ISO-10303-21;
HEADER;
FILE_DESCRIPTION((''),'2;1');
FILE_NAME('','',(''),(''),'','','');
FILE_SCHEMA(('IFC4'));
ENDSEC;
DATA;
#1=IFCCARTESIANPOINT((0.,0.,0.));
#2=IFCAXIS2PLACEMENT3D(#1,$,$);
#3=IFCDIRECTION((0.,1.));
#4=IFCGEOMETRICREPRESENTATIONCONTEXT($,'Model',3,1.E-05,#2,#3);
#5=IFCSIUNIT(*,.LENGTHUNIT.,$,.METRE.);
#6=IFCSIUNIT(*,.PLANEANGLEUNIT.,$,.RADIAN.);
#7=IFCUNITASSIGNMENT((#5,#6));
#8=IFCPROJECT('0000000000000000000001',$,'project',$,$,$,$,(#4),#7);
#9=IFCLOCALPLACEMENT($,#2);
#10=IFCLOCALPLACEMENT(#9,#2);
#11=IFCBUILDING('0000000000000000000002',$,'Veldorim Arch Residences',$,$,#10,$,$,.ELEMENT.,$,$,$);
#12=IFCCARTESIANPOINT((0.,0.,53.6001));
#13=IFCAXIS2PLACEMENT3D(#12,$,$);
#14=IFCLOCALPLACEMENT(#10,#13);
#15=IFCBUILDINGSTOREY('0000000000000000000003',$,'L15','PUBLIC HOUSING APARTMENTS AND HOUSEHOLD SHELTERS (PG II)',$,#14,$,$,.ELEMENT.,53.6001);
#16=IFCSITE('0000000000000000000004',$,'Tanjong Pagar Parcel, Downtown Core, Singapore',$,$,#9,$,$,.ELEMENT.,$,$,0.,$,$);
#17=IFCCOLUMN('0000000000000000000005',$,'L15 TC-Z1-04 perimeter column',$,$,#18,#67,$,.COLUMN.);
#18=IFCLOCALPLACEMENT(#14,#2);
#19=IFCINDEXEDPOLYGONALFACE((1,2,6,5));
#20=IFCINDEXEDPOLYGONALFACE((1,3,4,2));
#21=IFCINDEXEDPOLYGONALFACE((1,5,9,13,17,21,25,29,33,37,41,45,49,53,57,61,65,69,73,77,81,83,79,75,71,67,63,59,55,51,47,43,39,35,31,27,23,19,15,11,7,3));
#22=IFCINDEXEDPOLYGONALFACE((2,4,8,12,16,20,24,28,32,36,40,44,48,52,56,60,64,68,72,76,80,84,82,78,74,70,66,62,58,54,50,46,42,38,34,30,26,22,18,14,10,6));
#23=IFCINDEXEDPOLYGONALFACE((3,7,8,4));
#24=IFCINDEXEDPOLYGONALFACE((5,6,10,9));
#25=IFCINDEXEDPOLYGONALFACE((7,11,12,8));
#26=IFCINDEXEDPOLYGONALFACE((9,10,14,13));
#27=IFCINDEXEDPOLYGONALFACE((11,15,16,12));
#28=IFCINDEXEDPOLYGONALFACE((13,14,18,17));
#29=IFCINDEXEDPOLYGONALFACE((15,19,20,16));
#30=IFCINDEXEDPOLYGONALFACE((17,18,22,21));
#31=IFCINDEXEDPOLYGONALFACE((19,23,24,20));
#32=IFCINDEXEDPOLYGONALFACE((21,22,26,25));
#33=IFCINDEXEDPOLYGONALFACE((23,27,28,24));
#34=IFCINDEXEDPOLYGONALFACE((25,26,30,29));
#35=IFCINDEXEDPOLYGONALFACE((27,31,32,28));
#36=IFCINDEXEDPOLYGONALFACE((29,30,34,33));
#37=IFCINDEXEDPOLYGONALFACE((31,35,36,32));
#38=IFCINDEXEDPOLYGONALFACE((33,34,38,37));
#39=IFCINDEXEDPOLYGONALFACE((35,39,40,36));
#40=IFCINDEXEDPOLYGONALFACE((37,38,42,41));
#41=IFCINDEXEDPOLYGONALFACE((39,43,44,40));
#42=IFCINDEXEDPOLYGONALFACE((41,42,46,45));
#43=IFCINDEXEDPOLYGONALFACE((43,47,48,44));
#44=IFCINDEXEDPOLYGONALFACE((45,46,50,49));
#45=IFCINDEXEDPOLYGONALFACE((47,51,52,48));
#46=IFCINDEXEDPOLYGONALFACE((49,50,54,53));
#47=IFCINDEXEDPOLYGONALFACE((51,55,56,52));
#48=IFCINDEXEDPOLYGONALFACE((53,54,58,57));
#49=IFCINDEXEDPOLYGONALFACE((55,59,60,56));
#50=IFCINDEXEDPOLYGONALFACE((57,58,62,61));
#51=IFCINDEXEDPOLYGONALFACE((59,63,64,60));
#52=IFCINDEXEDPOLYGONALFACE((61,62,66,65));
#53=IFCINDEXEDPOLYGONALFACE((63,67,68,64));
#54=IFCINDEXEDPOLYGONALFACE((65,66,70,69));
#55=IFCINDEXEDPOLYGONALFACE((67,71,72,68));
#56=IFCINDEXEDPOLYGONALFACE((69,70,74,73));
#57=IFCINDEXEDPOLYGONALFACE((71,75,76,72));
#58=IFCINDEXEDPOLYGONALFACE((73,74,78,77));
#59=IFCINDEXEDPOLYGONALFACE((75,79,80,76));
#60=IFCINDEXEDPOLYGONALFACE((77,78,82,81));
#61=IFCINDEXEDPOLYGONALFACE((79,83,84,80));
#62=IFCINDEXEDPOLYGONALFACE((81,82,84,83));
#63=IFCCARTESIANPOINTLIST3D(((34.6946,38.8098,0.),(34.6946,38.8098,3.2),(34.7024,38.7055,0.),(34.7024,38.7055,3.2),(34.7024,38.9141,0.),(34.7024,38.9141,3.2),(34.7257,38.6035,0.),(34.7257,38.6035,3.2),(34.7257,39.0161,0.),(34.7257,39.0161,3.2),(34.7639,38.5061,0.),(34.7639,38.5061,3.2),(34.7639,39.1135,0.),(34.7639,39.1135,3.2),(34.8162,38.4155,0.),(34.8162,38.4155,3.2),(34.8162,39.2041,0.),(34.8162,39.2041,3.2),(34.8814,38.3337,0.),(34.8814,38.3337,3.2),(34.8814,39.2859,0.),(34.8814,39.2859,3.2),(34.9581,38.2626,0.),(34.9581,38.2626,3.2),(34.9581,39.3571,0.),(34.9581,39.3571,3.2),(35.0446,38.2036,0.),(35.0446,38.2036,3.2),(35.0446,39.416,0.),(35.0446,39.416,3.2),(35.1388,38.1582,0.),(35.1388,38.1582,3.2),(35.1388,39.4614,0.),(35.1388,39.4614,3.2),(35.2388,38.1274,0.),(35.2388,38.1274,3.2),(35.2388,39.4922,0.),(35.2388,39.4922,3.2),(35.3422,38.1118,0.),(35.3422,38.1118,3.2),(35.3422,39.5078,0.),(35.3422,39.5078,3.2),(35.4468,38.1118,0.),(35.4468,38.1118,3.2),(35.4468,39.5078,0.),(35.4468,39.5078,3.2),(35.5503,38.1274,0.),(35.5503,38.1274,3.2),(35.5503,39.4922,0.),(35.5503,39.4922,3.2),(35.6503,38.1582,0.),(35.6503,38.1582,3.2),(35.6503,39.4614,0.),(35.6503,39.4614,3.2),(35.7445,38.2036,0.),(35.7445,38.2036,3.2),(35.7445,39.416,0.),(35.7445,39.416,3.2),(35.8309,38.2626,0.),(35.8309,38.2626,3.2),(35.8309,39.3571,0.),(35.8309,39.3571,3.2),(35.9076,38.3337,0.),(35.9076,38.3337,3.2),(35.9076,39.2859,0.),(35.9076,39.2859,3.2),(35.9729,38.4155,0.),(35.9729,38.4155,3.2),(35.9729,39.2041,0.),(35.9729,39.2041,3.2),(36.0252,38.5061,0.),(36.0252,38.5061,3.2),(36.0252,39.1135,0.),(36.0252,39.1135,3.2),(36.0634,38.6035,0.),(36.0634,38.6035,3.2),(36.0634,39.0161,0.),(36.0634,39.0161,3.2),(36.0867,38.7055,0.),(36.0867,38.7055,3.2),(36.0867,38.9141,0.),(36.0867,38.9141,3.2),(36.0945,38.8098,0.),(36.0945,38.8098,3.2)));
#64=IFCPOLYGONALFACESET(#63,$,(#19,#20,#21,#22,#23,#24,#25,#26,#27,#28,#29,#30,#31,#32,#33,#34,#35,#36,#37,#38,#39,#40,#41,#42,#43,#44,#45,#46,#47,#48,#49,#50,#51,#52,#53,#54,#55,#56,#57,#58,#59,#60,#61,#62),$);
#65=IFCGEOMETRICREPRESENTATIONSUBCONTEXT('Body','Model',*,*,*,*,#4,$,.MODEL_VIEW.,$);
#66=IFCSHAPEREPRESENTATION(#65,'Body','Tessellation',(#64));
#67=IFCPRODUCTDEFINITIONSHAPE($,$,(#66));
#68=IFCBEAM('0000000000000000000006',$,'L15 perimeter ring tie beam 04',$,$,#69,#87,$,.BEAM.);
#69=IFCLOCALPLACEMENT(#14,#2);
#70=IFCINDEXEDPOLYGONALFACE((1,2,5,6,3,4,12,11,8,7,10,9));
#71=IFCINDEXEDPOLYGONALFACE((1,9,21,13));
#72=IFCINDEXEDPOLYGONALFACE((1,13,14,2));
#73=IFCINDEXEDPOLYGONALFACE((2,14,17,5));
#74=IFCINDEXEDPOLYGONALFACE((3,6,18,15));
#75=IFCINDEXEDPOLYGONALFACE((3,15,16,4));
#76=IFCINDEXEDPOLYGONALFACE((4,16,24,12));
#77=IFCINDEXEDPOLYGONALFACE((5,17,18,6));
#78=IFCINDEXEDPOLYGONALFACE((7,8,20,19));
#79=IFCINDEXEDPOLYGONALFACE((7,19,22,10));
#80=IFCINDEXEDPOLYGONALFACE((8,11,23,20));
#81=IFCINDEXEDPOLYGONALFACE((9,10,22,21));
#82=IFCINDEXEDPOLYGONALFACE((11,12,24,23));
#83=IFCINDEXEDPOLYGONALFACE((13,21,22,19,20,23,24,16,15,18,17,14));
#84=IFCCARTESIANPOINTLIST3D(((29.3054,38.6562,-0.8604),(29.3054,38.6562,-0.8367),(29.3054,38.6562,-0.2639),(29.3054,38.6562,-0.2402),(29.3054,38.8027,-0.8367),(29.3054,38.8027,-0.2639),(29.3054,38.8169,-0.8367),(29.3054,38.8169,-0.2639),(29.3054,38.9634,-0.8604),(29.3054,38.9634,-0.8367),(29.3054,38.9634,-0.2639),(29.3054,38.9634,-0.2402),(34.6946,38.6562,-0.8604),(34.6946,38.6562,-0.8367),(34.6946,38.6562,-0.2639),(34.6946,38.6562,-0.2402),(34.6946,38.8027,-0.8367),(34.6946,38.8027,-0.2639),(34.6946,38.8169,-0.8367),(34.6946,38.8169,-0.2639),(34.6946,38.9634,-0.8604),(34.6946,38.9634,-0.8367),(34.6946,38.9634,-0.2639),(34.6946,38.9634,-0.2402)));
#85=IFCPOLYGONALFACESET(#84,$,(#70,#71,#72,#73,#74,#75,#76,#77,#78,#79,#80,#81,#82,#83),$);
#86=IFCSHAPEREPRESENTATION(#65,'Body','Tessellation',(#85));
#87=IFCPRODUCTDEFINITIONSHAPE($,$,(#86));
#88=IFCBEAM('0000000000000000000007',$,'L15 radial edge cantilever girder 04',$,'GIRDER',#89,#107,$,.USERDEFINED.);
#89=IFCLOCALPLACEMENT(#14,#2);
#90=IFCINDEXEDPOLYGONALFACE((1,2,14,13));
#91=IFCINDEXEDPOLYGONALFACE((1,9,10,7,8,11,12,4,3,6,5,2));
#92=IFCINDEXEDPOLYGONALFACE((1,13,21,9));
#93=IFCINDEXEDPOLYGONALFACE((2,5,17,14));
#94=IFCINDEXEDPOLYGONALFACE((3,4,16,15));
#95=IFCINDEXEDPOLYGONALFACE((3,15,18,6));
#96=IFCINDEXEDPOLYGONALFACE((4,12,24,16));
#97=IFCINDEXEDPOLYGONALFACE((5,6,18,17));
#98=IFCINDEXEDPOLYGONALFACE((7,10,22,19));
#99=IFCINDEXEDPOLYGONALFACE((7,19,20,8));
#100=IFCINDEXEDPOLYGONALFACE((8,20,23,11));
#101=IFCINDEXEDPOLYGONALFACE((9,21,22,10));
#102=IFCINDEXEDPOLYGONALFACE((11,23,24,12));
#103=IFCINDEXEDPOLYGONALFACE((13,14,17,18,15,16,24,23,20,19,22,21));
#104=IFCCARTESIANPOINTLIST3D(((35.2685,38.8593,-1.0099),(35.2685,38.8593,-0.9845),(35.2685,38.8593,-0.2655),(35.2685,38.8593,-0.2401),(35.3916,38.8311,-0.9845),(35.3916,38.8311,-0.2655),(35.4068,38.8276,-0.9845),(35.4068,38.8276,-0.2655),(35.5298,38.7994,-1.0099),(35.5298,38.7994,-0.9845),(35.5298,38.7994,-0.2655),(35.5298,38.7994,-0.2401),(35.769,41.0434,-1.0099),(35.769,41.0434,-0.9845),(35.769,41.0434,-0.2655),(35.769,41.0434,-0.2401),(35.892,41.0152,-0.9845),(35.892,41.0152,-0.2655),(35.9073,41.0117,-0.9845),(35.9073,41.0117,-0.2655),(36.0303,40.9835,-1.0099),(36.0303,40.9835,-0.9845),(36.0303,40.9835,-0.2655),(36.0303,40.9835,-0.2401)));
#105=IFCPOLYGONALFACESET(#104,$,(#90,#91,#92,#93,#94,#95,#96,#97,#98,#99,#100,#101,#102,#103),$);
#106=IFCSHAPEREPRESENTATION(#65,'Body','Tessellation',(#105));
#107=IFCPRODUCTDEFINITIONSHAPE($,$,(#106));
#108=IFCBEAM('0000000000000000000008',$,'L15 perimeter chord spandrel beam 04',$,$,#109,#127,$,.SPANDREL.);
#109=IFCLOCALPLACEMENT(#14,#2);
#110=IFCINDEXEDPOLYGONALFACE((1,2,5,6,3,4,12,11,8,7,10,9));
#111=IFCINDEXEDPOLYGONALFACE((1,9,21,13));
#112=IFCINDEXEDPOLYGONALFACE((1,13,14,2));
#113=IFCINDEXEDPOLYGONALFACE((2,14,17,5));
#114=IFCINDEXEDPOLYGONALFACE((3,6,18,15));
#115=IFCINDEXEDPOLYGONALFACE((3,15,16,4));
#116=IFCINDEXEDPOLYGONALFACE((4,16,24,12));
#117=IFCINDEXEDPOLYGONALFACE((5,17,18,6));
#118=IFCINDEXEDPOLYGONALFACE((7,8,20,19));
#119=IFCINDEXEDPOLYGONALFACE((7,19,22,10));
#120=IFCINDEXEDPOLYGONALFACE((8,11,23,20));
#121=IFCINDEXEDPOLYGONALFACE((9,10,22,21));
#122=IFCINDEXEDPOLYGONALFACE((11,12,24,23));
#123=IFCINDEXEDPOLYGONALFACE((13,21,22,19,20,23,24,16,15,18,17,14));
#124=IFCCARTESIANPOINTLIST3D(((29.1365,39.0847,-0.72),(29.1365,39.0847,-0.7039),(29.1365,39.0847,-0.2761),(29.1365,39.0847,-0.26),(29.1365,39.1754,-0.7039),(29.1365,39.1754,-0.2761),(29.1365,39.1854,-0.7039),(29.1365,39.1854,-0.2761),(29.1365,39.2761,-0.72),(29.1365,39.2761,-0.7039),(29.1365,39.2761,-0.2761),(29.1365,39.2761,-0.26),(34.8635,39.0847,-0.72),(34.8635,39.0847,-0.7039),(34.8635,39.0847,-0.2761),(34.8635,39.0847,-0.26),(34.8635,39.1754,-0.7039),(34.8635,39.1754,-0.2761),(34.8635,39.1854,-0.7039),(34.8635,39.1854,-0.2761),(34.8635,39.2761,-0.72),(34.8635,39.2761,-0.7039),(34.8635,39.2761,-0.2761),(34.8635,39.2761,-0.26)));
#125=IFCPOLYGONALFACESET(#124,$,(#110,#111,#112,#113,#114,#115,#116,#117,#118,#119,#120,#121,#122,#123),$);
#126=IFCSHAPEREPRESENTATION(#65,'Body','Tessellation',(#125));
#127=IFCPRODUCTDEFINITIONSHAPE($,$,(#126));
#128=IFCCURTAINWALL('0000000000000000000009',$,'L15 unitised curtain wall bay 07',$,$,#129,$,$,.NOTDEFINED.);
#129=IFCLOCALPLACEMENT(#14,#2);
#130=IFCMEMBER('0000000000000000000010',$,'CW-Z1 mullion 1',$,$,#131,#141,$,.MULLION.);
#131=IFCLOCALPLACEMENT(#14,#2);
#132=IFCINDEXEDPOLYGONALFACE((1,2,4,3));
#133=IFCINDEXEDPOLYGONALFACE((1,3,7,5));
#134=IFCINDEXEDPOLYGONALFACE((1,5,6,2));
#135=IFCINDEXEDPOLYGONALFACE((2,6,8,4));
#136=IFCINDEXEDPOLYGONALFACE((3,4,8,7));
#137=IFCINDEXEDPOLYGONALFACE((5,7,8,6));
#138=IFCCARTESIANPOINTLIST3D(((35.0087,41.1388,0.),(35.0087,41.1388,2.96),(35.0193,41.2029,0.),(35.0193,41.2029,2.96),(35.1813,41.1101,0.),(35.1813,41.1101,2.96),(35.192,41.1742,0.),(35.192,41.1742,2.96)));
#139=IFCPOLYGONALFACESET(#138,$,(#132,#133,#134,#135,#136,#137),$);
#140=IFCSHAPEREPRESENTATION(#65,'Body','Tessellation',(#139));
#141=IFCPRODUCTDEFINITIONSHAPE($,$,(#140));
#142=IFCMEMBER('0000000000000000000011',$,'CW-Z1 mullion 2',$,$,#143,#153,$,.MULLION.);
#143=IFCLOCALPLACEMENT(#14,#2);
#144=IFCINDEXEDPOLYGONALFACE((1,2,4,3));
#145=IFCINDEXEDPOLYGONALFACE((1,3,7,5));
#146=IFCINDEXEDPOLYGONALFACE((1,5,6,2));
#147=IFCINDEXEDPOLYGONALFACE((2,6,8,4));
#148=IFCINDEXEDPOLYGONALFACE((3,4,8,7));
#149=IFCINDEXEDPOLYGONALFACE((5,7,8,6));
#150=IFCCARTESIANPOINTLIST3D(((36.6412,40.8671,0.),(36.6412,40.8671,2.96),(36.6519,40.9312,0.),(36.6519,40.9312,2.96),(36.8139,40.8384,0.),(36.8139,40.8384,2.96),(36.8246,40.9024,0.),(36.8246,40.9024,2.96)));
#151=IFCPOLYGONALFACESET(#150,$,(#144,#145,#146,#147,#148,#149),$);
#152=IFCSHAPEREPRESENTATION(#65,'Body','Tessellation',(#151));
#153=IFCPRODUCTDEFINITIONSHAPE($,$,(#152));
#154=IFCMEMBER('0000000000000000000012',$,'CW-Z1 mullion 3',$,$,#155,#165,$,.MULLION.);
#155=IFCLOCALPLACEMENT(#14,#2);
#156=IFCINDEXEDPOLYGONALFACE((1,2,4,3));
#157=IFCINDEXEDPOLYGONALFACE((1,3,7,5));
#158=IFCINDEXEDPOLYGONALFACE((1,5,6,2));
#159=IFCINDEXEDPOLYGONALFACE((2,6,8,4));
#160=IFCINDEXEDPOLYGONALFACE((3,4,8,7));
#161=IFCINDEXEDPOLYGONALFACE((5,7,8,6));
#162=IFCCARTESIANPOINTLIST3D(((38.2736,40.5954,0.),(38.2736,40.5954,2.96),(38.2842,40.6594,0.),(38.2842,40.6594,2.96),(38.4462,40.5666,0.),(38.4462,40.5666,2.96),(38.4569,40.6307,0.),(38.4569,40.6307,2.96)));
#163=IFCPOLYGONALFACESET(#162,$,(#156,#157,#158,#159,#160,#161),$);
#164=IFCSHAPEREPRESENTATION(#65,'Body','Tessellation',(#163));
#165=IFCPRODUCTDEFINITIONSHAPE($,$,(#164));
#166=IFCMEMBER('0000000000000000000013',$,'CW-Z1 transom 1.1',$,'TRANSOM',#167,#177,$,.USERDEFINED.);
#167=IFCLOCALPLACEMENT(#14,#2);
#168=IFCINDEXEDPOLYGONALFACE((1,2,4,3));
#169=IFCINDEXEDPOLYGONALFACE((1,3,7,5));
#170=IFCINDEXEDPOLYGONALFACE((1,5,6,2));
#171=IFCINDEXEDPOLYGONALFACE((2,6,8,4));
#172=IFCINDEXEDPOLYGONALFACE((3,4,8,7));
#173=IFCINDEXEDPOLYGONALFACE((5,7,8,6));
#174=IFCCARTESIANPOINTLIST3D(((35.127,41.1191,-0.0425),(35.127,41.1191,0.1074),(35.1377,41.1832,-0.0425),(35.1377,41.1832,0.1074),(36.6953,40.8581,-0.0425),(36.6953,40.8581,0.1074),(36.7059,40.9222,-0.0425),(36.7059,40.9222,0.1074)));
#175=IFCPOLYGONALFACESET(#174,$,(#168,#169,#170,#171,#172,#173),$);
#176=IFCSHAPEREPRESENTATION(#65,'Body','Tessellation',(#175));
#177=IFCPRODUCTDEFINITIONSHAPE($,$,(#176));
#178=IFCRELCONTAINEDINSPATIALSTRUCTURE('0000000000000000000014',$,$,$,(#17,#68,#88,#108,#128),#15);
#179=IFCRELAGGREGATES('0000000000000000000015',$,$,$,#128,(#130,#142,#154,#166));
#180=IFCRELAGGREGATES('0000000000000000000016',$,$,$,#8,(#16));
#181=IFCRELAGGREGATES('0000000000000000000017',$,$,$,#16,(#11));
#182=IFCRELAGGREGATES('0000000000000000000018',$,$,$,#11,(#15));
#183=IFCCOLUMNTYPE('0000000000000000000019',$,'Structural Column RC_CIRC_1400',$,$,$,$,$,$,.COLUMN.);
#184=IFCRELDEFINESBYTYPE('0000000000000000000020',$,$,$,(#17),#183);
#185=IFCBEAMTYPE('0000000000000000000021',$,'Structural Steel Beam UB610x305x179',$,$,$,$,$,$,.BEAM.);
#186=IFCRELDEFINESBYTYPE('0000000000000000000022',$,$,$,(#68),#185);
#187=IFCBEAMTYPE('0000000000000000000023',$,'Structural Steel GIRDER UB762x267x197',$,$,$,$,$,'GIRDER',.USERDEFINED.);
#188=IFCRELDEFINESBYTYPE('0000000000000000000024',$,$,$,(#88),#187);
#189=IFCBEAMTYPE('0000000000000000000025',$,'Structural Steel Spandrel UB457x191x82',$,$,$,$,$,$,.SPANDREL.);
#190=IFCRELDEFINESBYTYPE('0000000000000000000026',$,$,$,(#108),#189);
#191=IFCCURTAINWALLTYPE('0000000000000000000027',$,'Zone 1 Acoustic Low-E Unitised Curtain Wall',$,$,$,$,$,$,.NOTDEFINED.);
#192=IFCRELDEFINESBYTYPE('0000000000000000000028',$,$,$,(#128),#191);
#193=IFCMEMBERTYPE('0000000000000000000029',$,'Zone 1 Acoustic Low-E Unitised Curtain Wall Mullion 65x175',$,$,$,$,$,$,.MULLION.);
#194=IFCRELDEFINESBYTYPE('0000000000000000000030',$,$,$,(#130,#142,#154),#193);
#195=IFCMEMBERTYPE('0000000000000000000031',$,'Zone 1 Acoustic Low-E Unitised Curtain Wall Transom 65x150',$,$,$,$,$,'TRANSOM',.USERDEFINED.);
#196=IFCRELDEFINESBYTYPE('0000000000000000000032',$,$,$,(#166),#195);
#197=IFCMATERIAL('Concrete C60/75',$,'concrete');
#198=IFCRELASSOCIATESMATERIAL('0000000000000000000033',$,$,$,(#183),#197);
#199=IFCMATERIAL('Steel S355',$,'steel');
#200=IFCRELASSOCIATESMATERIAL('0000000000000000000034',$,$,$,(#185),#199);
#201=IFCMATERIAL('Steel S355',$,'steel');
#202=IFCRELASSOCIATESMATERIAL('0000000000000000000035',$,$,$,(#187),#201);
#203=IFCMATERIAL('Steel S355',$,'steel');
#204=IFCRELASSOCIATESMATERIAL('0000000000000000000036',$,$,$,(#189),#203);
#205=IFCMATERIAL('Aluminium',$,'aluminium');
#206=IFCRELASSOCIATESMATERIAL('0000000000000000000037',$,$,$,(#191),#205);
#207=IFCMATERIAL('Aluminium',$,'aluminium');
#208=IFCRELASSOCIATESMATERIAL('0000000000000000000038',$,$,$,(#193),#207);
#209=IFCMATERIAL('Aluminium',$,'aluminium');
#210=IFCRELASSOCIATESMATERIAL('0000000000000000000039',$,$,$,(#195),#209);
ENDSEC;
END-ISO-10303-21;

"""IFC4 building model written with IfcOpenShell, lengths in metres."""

from ifc_helpers import new_model, si_unit, direction, frame, origin, origin_2d, place, context, subcontext, project, spatial, rectangle, circle, i_section, extrude, material, material_profile, profile_set, type_object, element, aggregate, save


model = new_model("IFC4")

# Units and contexts
model_context = context("Model", 3, precision=1e-05, world=origin(), true_north=direction((0.0, 1.0)))
body_context = subcontext(model_context, "Body", "Model", "MODEL_VIEW")
ifc_project = project(units=[si_unit("LENGTHUNIT", "METRE"), si_unit("PLANEANGLEUNIT", "RADIAN")], contexts=[model_context])

# Site, building, storey
site_placement = place(None, origin())
site = spatial("IfcSite", under=ifc_project, at=site_placement, Name="Tanjong Pagar Parcel, Downtown Core, Singapore", CompositionType="ELEMENT", RefElevation=0.0)
building_placement = place(site_placement, origin())
building = spatial("IfcBuilding", under=site, at=building_placement, Name="Veldorim Arch Residences", CompositionType="ELEMENT")
storey_placement = place(building_placement, frame((0.0, 0.0, 53.6001)))
storey = spatial("IfcBuildingStorey", under=building, at=storey_placement, Name="L15", Description="PUBLIC HOUSING APARTMENTS AND HOUSEHOLD SHELTERS (PG II)", CompositionType="ELEMENT", Elevation=53.6001)

# Column
ifc_material_1 = material(Name="Concrete C60/75", Category="concrete")
ifc_material_profile_1 = material_profile(ifc_material_1, circle(Radius=0.7, at=origin_2d()), Name="RC_CIRC_1400")
ifc_profile_set_1 = profile_set([ifc_material_profile_1], Name="Concrete C60/75")
column_type = type_object("IfcColumnType", Name="Structural Column RC_CIRC_1400", PredefinedType="COLUMN", material=ifc_profile_set_1)
column_placement = place(storey_placement, frame((35.3945, 38.8098, 0.0), z_axis=(0.0, 0.0, 1.0), x_axis=(1.0, 0.0, 0.0)))
element("IfcColumn", 1, at=column_placement, inside=storey, type_object=column_type, Name="L15 TC-Z1-04 perimeter column", PredefinedType="COLUMN", context=body_context, shape_type="SweptSolid", body=[
    extrude(circle(Radius=0.7, at=origin_2d()), origin(), (0.0, 0.0, 1.0), 3.2),
])

# Beams
ifc_material_2 = material(Name="Steel S355", Category="steel")
ifc_material_profile_2 = material_profile(ifc_material_2, i_section(OverallWidth=0.3071, OverallDepth=0.6201, WebThickness=0.0142, FlangeThickness=0.0237, at=origin_2d()), Name="UB610x305x179")
ifc_profile_set_2 = profile_set([ifc_material_profile_2], Name="Steel S355")
beam_type_1 = type_object("IfcBeamType", Name="Structural Steel Beam UB610x305x179", PredefinedType="BEAM", material=ifc_profile_set_2)
beam_1_placement = place(storey_placement, frame((34.6946, 38.8098, -0.5503), z_axis=(-1.0, 0.0, 0.0), x_axis=(0.0, -1.0, 0.0)))
element("IfcBeam", 2, at=beam_1_placement, inside=storey, type_object=beam_type_1, Name="L15 perimeter ring tie beam 04", PredefinedType="BEAM", context=body_context, shape_type="SweptSolid", body=[
    extrude(i_section(OverallWidth=0.3071, OverallDepth=0.6201, WebThickness=0.0142, FlangeThickness=0.0237, at=origin_2d()), origin(), (0.0, 0.0, 1.0), 5.3892),
])
ifc_material_3 = material(Name="Steel S355", Category="steel")
ifc_material_profile_3 = material_profile(ifc_material_3, i_section(OverallWidth=0.2681, OverallDepth=0.7698, WebThickness=0.0156, FlangeThickness=0.0254, at=origin_2d()), Name="UB762x267x197")
ifc_profile_set_3 = profile_set([ifc_material_profile_3], Name="Steel S355")
beam_type_2 = type_object("IfcBeamType", Name="Structural Steel GIRDER UB762x267x197", ElementType="GIRDER", PredefinedType="USERDEFINED", material=ifc_profile_set_3)
beam_2_placement = place(storey_placement, frame((35.3992, 38.8293, -0.625), z_axis=(0.223363, 0.974735, 0.0), x_axis=(-0.974735, 0.223363, 0.0)))
element("IfcBeam", 3, at=beam_2_placement, inside=storey, type_object=beam_type_2, Name="L15 radial edge cantilever girder 04", ObjectType="GIRDER", PredefinedType="USERDEFINED", context=body_context, shape_type="SweptSolid", body=[
    extrude(i_section(OverallWidth=0.2681, OverallDepth=0.7698, WebThickness=0.0156, FlangeThickness=0.0254, at=origin_2d()), origin(), (0.0, 0.0, 1.0), 2.2407),
])
ifc_material_4 = material(Name="Steel S355", Category="steel")
ifc_material_profile_4 = material_profile(ifc_material_4, i_section(OverallWidth=0.1914, OverallDepth=0.46, WebThickness=0.01, FlangeThickness=0.0161, at=origin_2d()), Name="UB457x191x82")
ifc_profile_set_4 = profile_set([ifc_material_profile_4], Name="Steel S355")
beam_type_3 = type_object("IfcBeamType", Name="Structural Steel Spandrel UB457x191x82", PredefinedType="SPANDREL", material=ifc_profile_set_4)
beam_3_placement = place(storey_placement, frame((34.8635, 39.1804, -0.49), z_axis=(-1.0, 0.0, 0.0), x_axis=(0.0, -1.0, 0.0)))
element("IfcBeam", 4, at=beam_3_placement, inside=storey, type_object=beam_type_3, Name="L15 perimeter chord spandrel beam 04", PredefinedType="SPANDREL", context=body_context, shape_type="SweptSolid", body=[
    extrude(i_section(OverallWidth=0.1914, OverallDepth=0.46, WebThickness=0.01, FlangeThickness=0.0161, at=origin_2d()), origin(), (0.0, 0.0, 1.0), 5.7271),
])

# Curtain wall, members
ifc_material_5 = material(Name="Aluminium", Category="aluminium")
curtain_wall_type = type_object("IfcCurtainWallType", Name="Zone 1 Acoustic Low-E Unitised Curtain Wall", PredefinedType="NOTDEFINED", material=ifc_material_5)
curtain_wall_placement = place(storey_placement, origin())
curtain_wall = element("IfcCurtainWall", 5, at=curtain_wall_placement, inside=storey, type_object=curtain_wall_type, Name="L15 unitised curtain wall bay 07", PredefinedType="NOTDEFINED")
ifc_material_6 = material(Name="Aluminium", Category="aluminium")
ifc_material_profile_5 = material_profile(ifc_material_6, rectangle(XDim=0.0649, YDim=0.175, at=origin_2d()), Name="ALU_MUL_65x175")
ifc_profile_set_5 = profile_set([ifc_material_profile_5], Name="Aluminium")
member_type_1 = type_object("IfcMemberType", Name="Zone 1 Acoustic Low-E Unitised Curtain Wall Mullion 65x175", PredefinedType="MULLION", material=ifc_profile_set_5)
member_1_placement = place(storey_placement, frame((35.1003, 41.1565, 0.0), z_axis=(0.0, 0.0, 1.0), x_axis=(0.164212, 0.986425, 0.0)))
member_1 = element("IfcMember", 6, at=member_1_placement, type_object=member_type_1, Name="CW-Z1 mullion 1", PredefinedType="MULLION", context=body_context, shape_type="SweptSolid", body=[
    extrude(rectangle(XDim=0.0649, YDim=0.175, at=origin_2d()), origin(), (0.0, 0.0, 1.0), 2.96),
])
member_2_placement = place(storey_placement, frame((36.7329, 40.8848, 0.0), z_axis=(0.0, 0.0, 1.0), x_axis=(0.164212, 0.986425, 0.0)))
member_2 = element("IfcMember", 7, at=member_2_placement, type_object=member_type_1, Name="CW-Z1 mullion 2", PredefinedType="MULLION", context=body_context, shape_type="SweptSolid", body=[
    extrude(rectangle(XDim=0.0649, YDim=0.175, at=origin_2d()), origin(), (0.0, 0.0, 1.0), 2.96),
])
member_3_placement = place(storey_placement, frame((38.3652, 40.613, 0.0), z_axis=(0.0, 0.0, 1.0), x_axis=(0.164212, 0.986425, 0.0)))
member_3 = element("IfcMember", 8, at=member_3_placement, type_object=member_type_1, Name="CW-Z1 mullion 3", PredefinedType="MULLION", context=body_context, shape_type="SweptSolid", body=[
    extrude(rectangle(XDim=0.0649, YDim=0.175, at=origin_2d()), origin(), (0.0, 0.0, 1.0), 2.96),
])
ifc_material_7 = material(Name="Aluminium", Category="aluminium")
ifc_material_profile_6 = material_profile(ifc_material_7, rectangle(XDim=0.0649, YDim=0.1499, at=origin_2d()), Name="ALU_TRN_65x150")
ifc_profile_set_6 = profile_set([ifc_material_profile_6], Name="Aluminium")
member_type_2 = type_object("IfcMemberType", Name="Zone 1 Acoustic Low-E Unitised Curtain Wall Transom 65x150", ElementType="TRANSOM", PredefinedType="USERDEFINED", material=ifc_profile_set_6)
member_4_placement = place(storey_placement, frame((35.1323, 41.1511, 0.0325), z_axis=(0.986435, -0.16415, 0.0), x_axis=(0.16415, 0.986435, 0.0)))
member_4 = element("IfcMember", 9, at=member_4_placement, type_object=member_type_2, Name="CW-Z1 transom 1.1", ObjectType="TRANSOM", PredefinedType="USERDEFINED", context=body_context, shape_type="SweptSolid", body=[
    extrude(rectangle(XDim=0.0649, YDim=0.1499, at=origin_2d()), origin(), (0.0, 0.0, 1.0), 1.5898),
])
aggregate(curtain_wall, [member_1, member_2, member_3, member_4])

save(model, "model.ifc")
